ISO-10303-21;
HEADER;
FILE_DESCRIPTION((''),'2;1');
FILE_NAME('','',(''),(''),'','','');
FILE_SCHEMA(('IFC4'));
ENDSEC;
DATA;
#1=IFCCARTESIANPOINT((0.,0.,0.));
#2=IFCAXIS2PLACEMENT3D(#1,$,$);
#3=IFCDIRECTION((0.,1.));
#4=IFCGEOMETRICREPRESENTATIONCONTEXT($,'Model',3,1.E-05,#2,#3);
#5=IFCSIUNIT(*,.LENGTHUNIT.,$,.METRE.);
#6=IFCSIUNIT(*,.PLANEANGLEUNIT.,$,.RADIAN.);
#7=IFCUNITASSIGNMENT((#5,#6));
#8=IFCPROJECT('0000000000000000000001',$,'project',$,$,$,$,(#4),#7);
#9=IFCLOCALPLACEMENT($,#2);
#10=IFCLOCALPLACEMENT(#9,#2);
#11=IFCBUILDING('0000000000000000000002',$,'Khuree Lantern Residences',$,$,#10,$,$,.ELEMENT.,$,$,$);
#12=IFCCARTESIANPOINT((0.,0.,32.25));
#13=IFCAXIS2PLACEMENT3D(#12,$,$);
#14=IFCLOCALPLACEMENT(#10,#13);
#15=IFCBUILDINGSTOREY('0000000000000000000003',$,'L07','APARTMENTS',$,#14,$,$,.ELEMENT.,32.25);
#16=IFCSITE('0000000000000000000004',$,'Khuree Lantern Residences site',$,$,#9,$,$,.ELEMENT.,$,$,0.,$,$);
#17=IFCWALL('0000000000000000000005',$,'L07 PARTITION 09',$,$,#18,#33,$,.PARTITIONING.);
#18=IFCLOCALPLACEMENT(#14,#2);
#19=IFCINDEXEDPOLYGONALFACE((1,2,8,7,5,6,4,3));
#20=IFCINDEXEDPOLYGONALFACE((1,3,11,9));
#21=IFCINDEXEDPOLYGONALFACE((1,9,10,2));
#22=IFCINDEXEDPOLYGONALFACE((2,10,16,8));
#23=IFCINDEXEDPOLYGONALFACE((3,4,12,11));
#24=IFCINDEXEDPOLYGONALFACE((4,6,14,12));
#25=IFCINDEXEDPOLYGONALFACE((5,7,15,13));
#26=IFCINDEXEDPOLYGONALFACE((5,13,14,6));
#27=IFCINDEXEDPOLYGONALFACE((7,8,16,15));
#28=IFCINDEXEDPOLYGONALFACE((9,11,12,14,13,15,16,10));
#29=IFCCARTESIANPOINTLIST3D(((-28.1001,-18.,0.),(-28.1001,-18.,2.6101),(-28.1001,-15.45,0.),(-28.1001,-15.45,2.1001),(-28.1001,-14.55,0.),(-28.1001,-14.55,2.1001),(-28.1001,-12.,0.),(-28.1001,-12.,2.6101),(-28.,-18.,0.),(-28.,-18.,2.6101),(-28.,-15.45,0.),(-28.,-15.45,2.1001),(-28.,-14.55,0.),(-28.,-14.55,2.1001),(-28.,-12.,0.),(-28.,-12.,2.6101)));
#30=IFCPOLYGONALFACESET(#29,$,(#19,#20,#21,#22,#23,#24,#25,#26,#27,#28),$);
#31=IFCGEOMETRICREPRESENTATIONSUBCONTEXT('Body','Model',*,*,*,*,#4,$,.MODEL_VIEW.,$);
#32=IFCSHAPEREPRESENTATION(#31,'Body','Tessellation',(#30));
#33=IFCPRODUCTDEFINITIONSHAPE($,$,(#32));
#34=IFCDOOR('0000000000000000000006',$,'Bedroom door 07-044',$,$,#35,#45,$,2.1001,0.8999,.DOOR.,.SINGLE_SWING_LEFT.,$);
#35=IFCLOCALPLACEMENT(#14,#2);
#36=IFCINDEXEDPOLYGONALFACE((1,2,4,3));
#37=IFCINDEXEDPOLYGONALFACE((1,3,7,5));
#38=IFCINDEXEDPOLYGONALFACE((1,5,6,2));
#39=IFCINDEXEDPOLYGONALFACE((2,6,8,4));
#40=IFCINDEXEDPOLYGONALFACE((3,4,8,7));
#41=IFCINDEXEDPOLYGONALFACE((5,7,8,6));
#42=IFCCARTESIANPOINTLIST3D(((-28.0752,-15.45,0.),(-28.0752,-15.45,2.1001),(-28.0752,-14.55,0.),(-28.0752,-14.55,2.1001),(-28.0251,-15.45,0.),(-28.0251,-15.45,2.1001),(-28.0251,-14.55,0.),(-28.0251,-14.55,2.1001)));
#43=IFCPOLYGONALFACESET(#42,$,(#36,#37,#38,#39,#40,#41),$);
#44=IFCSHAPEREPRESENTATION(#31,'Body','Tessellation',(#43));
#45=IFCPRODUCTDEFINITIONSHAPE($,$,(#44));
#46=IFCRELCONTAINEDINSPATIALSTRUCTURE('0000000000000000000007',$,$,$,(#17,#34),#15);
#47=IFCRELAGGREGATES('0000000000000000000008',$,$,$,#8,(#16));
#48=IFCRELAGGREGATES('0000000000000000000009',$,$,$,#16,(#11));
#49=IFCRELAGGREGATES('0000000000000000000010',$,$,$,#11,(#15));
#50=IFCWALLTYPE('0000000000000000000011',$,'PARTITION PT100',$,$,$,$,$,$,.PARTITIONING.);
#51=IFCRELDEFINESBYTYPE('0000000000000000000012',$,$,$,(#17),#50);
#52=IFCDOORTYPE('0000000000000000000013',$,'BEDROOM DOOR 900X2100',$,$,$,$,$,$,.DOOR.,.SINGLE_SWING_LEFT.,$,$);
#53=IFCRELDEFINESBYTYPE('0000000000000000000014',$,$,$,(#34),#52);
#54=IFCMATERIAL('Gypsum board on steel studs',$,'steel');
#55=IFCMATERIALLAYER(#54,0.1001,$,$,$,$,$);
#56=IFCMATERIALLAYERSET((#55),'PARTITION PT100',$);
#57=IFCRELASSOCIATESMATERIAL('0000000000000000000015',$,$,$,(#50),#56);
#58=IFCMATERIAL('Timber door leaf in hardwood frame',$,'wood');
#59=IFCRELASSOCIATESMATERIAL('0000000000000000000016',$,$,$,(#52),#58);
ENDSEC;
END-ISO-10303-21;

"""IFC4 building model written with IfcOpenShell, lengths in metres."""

from ifc_helpers import new_model, si_unit, direction, frame, frame_2d, origin, place, context, subcontext, project, spatial, rectangle, extrude, material, layer, layer_set, type_object, element, fill, save


model = new_model("IFC4")

# Units and contexts
model_context = context("Model", 3, precision=1e-05, world=origin(), true_north=direction((0.0, 1.0)))
body_context = subcontext(model_context, "Body", "Model", "MODEL_VIEW")
ifc_project = project(units=[si_unit("LENGTHUNIT", "METRE"), si_unit("PLANEANGLEUNIT", "RADIAN")], contexts=[model_context])

# Site, building, storey
site_placement = place(None, origin())
site = spatial("IfcSite", under=ifc_project, at=site_placement, Name="Khuree Lantern Residences site", CompositionType="ELEMENT", RefElevation=0.0)
building_placement = place(site_placement, origin())
building = spatial("IfcBuilding", under=site, at=building_placement, Name="Khuree Lantern Residences", CompositionType="ELEMENT")
storey_placement = place(building_placement, frame((0.0, 0.0, 32.25)))
storey = spatial("IfcBuildingStorey", under=building, at=storey_placement, Name="L07", Description="APARTMENTS", CompositionType="ELEMENT", Elevation=32.25)

# Shared definitions
ifc_material_1 = material(Name="Gypsum board on steel studs", Category="steel")
ifc_layer_1 = layer(ifc_material_1, 0.1001)
ifc_layer_set_1 = layer_set([ifc_layer_1], Name="PARTITION PT100")
wall_type_1 = type_object("IfcWallType", Name="PARTITION PT100", PredefinedType="PARTITIONING", material=ifc_layer_set_1)

# Wall, opening, door
ifc_material_2 = material(Name="Timber door leaf in hardwood frame", Category="wood")
door_type = type_object("IfcDoorType", Name="BEDROOM DOOR 900X2100", OperationType="SINGLE_SWING_LEFT", PredefinedType="DOOR", material=ifc_material_2)
wall_1_placement = place(storey_placement, frame((-28.05, -12.0, 0.0), z_axis=(0.0, 0.0, 1.0), x_axis=(0.0, -1.0, 0.0)))
wall_1 = element("IfcWall", 1, at=wall_1_placement, inside=storey, type_object=wall_type_1, Name="L07 PARTITION 09", PredefinedType="PARTITIONING", context=body_context, shape_type="SweptSolid", body=[
    extrude(rectangle(XDim=6.0, YDim=0.1001, at=frame_2d((3.0, 0.0))), origin(), (0.0, 0.0, 1.0), 2.6101),
])
opening_1_placement = place(wall_1_placement, frame((2.55, 0.0, 0.0)))
opening_1 = element("IfcOpeningElement", 2, at=opening_1_placement, cuts=wall_1, PredefinedType="OPENING", context=body_context, shape_type="SweptSolid", body=[
    extrude(rectangle(XDim=0.8999, YDim=2.1001, at=frame_2d((0.45, 1.05))), frame((0.0, 0.0601, 0.0), z_axis=(0.0, -1.0, 0.0), x_axis=(1.0, 0.0, 0.0)), (0.0, 0.0, 1.0), 0.1201),
])
door_1_placement = place(opening_1_placement, origin())
door_1 = element("IfcDoor", 3, at=door_1_placement, inside=storey, type_object=door_type, Name="Bedroom door 07-044", OperationType="SINGLE_SWING_LEFT", OverallHeight=2.1001, OverallWidth=0.8999, PredefinedType="DOOR", context=body_context, shape_type="SweptSolid", body=[
    extrude(rectangle(XDim=0.8999, YDim=2.1001, at=frame_2d((0.45, 1.05))), frame((0.0, 0.0249, 0.0), z_axis=(0.0, -1.0, 0.0), x_axis=(1.0, 0.0, 0.0)), (0.0, 0.0, 1.0), 0.05),
])
fill(opening_1, door_1)

save(model, "model.ifc")
